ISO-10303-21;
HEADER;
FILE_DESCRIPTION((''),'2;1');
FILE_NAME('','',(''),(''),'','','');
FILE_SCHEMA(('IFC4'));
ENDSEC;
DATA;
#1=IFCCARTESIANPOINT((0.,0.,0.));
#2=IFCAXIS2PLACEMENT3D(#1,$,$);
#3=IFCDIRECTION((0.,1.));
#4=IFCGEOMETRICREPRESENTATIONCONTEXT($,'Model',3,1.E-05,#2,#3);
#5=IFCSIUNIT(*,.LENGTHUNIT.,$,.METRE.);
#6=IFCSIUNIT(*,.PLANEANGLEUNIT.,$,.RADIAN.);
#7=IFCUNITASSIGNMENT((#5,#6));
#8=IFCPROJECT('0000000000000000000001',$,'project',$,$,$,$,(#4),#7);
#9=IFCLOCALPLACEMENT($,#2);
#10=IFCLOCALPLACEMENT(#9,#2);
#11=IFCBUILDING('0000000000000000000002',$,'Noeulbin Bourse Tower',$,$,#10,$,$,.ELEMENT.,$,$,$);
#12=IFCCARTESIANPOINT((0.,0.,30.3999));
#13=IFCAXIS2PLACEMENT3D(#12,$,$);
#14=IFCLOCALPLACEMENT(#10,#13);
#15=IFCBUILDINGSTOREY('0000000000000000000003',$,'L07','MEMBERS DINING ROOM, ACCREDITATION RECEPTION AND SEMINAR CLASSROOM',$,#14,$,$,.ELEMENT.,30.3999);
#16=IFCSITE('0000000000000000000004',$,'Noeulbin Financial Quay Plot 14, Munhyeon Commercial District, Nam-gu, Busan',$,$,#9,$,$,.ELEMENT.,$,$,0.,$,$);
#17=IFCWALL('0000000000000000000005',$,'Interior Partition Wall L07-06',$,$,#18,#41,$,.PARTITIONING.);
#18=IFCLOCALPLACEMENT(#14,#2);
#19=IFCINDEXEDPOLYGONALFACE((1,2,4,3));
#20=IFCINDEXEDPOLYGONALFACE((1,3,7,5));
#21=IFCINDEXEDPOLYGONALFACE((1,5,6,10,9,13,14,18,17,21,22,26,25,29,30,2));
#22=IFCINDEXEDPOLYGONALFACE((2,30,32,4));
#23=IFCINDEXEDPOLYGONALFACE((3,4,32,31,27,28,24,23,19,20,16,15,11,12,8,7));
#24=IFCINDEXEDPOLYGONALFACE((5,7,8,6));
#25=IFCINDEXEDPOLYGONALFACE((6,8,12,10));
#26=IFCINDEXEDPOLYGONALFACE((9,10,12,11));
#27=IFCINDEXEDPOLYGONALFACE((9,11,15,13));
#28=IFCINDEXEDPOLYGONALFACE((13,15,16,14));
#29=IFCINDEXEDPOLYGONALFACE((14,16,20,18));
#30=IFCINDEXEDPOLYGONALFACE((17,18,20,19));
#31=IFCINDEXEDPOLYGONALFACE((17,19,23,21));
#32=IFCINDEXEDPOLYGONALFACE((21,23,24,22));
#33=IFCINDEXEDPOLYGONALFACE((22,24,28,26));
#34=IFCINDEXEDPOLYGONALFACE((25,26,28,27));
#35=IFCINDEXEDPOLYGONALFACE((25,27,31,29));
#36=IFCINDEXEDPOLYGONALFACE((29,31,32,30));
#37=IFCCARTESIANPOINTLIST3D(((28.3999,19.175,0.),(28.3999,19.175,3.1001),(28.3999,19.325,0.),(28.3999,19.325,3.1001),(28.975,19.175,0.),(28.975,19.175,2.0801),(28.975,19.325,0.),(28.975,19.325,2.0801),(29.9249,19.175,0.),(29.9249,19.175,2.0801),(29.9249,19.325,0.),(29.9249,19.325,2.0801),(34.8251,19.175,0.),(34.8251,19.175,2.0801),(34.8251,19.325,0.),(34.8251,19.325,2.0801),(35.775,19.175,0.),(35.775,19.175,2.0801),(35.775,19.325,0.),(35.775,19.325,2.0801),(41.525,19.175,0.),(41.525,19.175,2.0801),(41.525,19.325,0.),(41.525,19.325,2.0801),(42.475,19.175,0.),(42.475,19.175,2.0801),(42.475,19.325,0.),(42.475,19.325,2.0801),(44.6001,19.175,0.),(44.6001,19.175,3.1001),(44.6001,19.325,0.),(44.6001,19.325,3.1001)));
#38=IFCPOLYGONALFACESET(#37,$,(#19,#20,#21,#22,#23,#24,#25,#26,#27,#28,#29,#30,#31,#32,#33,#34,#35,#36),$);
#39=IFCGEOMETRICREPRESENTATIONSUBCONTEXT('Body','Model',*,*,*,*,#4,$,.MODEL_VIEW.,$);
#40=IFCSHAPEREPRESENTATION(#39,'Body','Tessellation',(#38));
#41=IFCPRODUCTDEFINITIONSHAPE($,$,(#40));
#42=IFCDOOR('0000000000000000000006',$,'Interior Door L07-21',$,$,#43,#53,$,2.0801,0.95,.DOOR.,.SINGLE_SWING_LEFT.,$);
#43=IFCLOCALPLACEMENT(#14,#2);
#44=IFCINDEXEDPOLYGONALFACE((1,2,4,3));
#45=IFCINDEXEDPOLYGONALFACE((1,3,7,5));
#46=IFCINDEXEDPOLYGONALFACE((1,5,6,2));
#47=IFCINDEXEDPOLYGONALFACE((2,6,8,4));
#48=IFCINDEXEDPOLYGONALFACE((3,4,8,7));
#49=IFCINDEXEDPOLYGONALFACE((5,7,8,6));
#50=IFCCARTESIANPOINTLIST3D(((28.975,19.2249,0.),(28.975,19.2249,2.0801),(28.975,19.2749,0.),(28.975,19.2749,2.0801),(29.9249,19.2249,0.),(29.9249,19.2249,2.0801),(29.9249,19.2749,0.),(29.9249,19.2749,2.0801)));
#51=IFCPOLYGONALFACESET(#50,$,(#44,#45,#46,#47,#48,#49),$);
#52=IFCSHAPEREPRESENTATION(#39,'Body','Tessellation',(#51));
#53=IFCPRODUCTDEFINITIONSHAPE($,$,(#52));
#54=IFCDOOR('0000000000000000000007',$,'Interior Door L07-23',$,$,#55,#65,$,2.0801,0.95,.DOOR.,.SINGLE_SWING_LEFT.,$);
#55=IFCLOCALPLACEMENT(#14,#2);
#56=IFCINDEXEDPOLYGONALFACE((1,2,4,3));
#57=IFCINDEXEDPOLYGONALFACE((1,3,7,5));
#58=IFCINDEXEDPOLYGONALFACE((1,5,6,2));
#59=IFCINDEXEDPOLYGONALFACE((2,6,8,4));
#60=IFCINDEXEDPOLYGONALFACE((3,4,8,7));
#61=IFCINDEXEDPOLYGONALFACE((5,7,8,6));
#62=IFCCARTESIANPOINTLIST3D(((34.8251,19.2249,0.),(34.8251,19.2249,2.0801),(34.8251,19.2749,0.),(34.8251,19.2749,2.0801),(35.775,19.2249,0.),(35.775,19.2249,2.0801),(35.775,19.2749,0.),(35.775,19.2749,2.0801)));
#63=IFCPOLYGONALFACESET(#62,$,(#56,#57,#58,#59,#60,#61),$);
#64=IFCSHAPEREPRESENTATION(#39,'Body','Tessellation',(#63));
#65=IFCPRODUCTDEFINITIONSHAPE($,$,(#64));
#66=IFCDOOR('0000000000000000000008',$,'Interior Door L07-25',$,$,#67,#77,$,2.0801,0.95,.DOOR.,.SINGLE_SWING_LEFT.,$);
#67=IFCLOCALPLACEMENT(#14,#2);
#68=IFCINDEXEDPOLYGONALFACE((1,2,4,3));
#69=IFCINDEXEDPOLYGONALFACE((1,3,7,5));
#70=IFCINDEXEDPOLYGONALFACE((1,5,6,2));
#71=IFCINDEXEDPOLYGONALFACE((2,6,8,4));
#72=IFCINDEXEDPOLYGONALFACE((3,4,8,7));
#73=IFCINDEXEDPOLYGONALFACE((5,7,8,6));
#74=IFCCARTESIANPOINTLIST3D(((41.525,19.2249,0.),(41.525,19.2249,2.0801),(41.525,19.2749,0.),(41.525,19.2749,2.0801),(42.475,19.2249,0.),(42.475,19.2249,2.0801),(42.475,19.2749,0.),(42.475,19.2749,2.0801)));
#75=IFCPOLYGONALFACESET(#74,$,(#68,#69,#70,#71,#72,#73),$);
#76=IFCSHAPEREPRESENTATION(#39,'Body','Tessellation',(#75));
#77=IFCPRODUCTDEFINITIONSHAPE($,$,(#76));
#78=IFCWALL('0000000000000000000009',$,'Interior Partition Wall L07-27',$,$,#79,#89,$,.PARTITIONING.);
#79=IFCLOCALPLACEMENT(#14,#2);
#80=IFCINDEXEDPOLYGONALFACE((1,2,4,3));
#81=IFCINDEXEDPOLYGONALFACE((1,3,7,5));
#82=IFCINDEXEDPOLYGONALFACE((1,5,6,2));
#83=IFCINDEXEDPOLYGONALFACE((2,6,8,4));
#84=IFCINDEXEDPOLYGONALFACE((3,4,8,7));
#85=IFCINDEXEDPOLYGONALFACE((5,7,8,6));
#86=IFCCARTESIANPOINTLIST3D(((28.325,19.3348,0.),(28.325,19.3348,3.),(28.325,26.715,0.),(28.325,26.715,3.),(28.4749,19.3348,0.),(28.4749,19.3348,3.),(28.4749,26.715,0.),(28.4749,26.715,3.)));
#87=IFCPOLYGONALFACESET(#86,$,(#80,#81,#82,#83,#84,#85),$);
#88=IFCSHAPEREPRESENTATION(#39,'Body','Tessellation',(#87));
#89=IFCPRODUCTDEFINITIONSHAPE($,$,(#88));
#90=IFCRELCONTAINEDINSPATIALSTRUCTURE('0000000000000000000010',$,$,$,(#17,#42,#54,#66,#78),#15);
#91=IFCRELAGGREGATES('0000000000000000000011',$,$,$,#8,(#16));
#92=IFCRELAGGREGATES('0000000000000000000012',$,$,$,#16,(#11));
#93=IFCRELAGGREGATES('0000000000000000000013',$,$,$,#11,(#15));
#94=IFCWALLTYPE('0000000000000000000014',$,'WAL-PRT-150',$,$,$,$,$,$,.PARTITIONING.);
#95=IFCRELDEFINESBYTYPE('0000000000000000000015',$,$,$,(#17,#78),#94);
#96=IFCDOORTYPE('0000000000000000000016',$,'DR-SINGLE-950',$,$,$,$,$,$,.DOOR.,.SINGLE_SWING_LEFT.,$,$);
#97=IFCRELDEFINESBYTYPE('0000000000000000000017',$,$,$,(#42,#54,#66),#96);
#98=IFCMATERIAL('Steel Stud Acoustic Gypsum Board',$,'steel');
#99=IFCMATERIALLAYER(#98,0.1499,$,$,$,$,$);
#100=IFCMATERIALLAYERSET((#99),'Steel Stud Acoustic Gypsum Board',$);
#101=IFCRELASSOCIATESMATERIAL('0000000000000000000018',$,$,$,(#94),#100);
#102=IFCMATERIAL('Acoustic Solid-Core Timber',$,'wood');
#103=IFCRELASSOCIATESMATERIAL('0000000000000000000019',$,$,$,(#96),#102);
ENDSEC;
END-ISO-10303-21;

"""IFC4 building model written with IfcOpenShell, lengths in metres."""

from ifc_helpers import new_model, si_unit, direction, frame, frame_2d, origin, place, context, subcontext, project, spatial, rectangle, extrude, material, layer, layer_set, type_object, element, fill, save


model = new_model("IFC4")

# Units and contexts
model_context = context("Model", 3, precision=1e-05, world=origin(), true_north=direction((0.0, 1.0)))
body_context = subcontext(model_context, "Body", "Model", "MODEL_VIEW")
ifc_project = project(units=[si_unit("LENGTHUNIT", "METRE"), si_unit("PLANEANGLEUNIT", "RADIAN")], contexts=[model_context])

# Site, building, storey
site_placement = place(None, origin())
site = spatial("IfcSite", under=ifc_project, at=site_placement, Name="Noeulbin Financial Quay Plot 14, Munhyeon Commercial District, Nam-gu, Busan", CompositionType="ELEMENT", RefElevation=0.0)
building_placement = place(site_placement, origin())
building = spatial("IfcBuilding", under=site, at=building_placement, Name="Noeulbin Bourse Tower", CompositionType="ELEMENT")
storey_placement = place(building_placement, frame((0.0, 0.0, 30.3999)))
storey = spatial("IfcBuildingStorey", under=building, at=storey_placement, Name="L07", Description="MEMBERS DINING ROOM, ACCREDITATION RECEPTION AND SEMINAR CLASSROOM", CompositionType="ELEMENT", Elevation=30.3999)

# Wall, openings, doors
ifc_material_1 = material(Name="Steel Stud Acoustic Gypsum Board", Category="steel")
ifc_layer_1 = layer(ifc_material_1, 0.1499)
ifc_layer_set_1 = layer_set([ifc_layer_1], Name="Steel Stud Acoustic Gypsum Board")
wall_type_1 = type_object("IfcWallType", Name="WAL-PRT-150", PredefinedType="PARTITIONING", material=ifc_layer_set_1)
wall_1_placement = place(storey_placement, frame((28.3999, 19.25, 0.0), z_axis=(0.0, 0.0, 1.0), x_axis=(1.0, 0.0, 0.0)))
wall_1 = element("IfcWall", 1, at=wall_1_placement, inside=storey, type_object=wall_type_1, Name="Interior Partition Wall L07-06", PredefinedType="PARTITIONING", context=body_context, shape_type="SweptSolid", body=[
    extrude(rectangle(XDim=16.2002, YDim=0.1499, at=frame_2d((8.1001, 0.0))), origin(), (0.0, 0.0, 1.0), 3.1001),
])
opening_1_placement = place(wall_1_placement, frame((0.575, 0.0, 0.0)))
opening_1 = element("IfcOpeningElement", 2, at=opening_1_placement, cuts=wall_1, PredefinedType="OPENING", context=body_context, shape_type="SweptSolid", body=[
    extrude(rectangle(XDim=0.95, YDim=2.0801, at=frame_2d((0.4751, 1.04))), frame((0.0, 0.085, 0.0), z_axis=(0.0, -1.0, 0.0), x_axis=(1.0, 0.0, 0.0)), (0.0, 0.0, 1.0), 0.1699),
])
opening_2_placement = place(wall_1_placement, frame((6.425, 0.0, 0.0)))
opening_2 = element("IfcOpeningElement", 3, at=opening_2_placement, cuts=wall_1, PredefinedType="OPENING", context=body_context, shape_type="SweptSolid", body=[
    extrude(rectangle(XDim=0.95, YDim=2.0801, at=frame_2d((0.4751, 1.04))), frame((0.0, 0.085, 0.0), z_axis=(0.0, -1.0, 0.0), x_axis=(1.0, 0.0, 0.0)), (0.0, 0.0, 1.0), 0.1699),
])
opening_3_placement = place(wall_1_placement, frame((13.125, 0.0, 0.0)))
opening_3 = element("IfcOpeningElement", 4, at=opening_3_placement, cuts=wall_1, PredefinedType="OPENING", context=body_context, shape_type="SweptSolid", body=[
    extrude(rectangle(XDim=0.95, YDim=2.0801, at=frame_2d((0.4751, 1.04))), frame((0.0, 0.085, 0.0), z_axis=(0.0, -1.0, 0.0), x_axis=(1.0, 0.0, 0.0)), (0.0, 0.0, 1.0), 0.1699),
])
ifc_material_2 = material(Name="Acoustic Solid-Core Timber", Category="wood")
door_type = type_object("IfcDoorType", Name="DR-SINGLE-950", OperationType="SINGLE_SWING_LEFT", PredefinedType="DOOR", material=ifc_material_2)
door_1_placement = place(opening_1_placement, origin())
door_1 = element("IfcDoor", 5, at=door_1_placement, inside=storey, type_object=door_type, Name="Interior Door L07-21", OperationType="SINGLE_SWING_LEFT", OverallHeight=2.0801, OverallWidth=0.95, PredefinedType="DOOR", context=body_context, shape_type="SweptSolid", body=[
    extrude(rectangle(XDim=0.95, YDim=2.0801, at=frame_2d((0.4751, 1.04))), frame((0.0, 0.0249, 0.0), z_axis=(0.0, -1.0, 0.0), x_axis=(1.0, 0.0, 0.0)), (0.0, 0.0, 1.0), 0.05),
])
fill(opening_1, door_1)
door_2_placement = place(opening_2_placement, origin())
door_2 = element("IfcDoor", 6, at=door_2_placement, inside=storey, type_object=door_type, Name="Interior Door L07-23", OperationType="SINGLE_SWING_LEFT", OverallHeight=2.0801, OverallWidth=0.95, PredefinedType="DOOR", context=body_context, shape_type="SweptSolid", body=[
    extrude(rectangle(XDim=0.95, YDim=2.0801, at=frame_2d((0.4751, 1.04))), frame((0.0, 0.0249, 0.0), z_axis=(0.0, -1.0, 0.0), x_axis=(1.0, 0.0, 0.0)), (0.0, 0.0, 1.0), 0.05),
])
fill(opening_2, door_2)
door_3_placement = place(opening_3_placement, origin())
door_3 = element("IfcDoor", 7, at=door_3_placement, inside=storey, type_object=door_type, Name="Interior Door L07-25", OperationType="SINGLE_SWING_LEFT", OverallHeight=2.0801, OverallWidth=0.95, PredefinedType="DOOR", context=body_context, shape_type="SweptSolid", body=[
    extrude(rectangle(XDim=0.95, YDim=2.0801, at=frame_2d((0.4751, 1.04))), frame((0.0, 0.0249, 0.0), z_axis=(0.0, -1.0, 0.0), x_axis=(1.0, 0.0, 0.0)), (0.0, 0.0, 1.0), 0.05),
])
fill(opening_3, door_3)

# Wall
wall_2_placement = place(storey_placement, frame((28.3999, 19.335, 0.0), z_axis=(0.0, 0.0, 1.0), x_axis=(0.0, 1.0, 0.0)))
element("IfcWall", 8, at=wall_2_placement, inside=storey, type_object=wall_type_1, Name="Interior Partition Wall L07-27", PredefinedType="PARTITIONING", context=body_context, shape_type="SweptSolid", body=[
    extrude(rectangle(XDim=7.3801, YDim=0.1499, at=frame_2d((3.6899, 0.0))), origin(), (0.0, 0.0, 1.0), 3.0),
])

save(model, "model.ifc")
